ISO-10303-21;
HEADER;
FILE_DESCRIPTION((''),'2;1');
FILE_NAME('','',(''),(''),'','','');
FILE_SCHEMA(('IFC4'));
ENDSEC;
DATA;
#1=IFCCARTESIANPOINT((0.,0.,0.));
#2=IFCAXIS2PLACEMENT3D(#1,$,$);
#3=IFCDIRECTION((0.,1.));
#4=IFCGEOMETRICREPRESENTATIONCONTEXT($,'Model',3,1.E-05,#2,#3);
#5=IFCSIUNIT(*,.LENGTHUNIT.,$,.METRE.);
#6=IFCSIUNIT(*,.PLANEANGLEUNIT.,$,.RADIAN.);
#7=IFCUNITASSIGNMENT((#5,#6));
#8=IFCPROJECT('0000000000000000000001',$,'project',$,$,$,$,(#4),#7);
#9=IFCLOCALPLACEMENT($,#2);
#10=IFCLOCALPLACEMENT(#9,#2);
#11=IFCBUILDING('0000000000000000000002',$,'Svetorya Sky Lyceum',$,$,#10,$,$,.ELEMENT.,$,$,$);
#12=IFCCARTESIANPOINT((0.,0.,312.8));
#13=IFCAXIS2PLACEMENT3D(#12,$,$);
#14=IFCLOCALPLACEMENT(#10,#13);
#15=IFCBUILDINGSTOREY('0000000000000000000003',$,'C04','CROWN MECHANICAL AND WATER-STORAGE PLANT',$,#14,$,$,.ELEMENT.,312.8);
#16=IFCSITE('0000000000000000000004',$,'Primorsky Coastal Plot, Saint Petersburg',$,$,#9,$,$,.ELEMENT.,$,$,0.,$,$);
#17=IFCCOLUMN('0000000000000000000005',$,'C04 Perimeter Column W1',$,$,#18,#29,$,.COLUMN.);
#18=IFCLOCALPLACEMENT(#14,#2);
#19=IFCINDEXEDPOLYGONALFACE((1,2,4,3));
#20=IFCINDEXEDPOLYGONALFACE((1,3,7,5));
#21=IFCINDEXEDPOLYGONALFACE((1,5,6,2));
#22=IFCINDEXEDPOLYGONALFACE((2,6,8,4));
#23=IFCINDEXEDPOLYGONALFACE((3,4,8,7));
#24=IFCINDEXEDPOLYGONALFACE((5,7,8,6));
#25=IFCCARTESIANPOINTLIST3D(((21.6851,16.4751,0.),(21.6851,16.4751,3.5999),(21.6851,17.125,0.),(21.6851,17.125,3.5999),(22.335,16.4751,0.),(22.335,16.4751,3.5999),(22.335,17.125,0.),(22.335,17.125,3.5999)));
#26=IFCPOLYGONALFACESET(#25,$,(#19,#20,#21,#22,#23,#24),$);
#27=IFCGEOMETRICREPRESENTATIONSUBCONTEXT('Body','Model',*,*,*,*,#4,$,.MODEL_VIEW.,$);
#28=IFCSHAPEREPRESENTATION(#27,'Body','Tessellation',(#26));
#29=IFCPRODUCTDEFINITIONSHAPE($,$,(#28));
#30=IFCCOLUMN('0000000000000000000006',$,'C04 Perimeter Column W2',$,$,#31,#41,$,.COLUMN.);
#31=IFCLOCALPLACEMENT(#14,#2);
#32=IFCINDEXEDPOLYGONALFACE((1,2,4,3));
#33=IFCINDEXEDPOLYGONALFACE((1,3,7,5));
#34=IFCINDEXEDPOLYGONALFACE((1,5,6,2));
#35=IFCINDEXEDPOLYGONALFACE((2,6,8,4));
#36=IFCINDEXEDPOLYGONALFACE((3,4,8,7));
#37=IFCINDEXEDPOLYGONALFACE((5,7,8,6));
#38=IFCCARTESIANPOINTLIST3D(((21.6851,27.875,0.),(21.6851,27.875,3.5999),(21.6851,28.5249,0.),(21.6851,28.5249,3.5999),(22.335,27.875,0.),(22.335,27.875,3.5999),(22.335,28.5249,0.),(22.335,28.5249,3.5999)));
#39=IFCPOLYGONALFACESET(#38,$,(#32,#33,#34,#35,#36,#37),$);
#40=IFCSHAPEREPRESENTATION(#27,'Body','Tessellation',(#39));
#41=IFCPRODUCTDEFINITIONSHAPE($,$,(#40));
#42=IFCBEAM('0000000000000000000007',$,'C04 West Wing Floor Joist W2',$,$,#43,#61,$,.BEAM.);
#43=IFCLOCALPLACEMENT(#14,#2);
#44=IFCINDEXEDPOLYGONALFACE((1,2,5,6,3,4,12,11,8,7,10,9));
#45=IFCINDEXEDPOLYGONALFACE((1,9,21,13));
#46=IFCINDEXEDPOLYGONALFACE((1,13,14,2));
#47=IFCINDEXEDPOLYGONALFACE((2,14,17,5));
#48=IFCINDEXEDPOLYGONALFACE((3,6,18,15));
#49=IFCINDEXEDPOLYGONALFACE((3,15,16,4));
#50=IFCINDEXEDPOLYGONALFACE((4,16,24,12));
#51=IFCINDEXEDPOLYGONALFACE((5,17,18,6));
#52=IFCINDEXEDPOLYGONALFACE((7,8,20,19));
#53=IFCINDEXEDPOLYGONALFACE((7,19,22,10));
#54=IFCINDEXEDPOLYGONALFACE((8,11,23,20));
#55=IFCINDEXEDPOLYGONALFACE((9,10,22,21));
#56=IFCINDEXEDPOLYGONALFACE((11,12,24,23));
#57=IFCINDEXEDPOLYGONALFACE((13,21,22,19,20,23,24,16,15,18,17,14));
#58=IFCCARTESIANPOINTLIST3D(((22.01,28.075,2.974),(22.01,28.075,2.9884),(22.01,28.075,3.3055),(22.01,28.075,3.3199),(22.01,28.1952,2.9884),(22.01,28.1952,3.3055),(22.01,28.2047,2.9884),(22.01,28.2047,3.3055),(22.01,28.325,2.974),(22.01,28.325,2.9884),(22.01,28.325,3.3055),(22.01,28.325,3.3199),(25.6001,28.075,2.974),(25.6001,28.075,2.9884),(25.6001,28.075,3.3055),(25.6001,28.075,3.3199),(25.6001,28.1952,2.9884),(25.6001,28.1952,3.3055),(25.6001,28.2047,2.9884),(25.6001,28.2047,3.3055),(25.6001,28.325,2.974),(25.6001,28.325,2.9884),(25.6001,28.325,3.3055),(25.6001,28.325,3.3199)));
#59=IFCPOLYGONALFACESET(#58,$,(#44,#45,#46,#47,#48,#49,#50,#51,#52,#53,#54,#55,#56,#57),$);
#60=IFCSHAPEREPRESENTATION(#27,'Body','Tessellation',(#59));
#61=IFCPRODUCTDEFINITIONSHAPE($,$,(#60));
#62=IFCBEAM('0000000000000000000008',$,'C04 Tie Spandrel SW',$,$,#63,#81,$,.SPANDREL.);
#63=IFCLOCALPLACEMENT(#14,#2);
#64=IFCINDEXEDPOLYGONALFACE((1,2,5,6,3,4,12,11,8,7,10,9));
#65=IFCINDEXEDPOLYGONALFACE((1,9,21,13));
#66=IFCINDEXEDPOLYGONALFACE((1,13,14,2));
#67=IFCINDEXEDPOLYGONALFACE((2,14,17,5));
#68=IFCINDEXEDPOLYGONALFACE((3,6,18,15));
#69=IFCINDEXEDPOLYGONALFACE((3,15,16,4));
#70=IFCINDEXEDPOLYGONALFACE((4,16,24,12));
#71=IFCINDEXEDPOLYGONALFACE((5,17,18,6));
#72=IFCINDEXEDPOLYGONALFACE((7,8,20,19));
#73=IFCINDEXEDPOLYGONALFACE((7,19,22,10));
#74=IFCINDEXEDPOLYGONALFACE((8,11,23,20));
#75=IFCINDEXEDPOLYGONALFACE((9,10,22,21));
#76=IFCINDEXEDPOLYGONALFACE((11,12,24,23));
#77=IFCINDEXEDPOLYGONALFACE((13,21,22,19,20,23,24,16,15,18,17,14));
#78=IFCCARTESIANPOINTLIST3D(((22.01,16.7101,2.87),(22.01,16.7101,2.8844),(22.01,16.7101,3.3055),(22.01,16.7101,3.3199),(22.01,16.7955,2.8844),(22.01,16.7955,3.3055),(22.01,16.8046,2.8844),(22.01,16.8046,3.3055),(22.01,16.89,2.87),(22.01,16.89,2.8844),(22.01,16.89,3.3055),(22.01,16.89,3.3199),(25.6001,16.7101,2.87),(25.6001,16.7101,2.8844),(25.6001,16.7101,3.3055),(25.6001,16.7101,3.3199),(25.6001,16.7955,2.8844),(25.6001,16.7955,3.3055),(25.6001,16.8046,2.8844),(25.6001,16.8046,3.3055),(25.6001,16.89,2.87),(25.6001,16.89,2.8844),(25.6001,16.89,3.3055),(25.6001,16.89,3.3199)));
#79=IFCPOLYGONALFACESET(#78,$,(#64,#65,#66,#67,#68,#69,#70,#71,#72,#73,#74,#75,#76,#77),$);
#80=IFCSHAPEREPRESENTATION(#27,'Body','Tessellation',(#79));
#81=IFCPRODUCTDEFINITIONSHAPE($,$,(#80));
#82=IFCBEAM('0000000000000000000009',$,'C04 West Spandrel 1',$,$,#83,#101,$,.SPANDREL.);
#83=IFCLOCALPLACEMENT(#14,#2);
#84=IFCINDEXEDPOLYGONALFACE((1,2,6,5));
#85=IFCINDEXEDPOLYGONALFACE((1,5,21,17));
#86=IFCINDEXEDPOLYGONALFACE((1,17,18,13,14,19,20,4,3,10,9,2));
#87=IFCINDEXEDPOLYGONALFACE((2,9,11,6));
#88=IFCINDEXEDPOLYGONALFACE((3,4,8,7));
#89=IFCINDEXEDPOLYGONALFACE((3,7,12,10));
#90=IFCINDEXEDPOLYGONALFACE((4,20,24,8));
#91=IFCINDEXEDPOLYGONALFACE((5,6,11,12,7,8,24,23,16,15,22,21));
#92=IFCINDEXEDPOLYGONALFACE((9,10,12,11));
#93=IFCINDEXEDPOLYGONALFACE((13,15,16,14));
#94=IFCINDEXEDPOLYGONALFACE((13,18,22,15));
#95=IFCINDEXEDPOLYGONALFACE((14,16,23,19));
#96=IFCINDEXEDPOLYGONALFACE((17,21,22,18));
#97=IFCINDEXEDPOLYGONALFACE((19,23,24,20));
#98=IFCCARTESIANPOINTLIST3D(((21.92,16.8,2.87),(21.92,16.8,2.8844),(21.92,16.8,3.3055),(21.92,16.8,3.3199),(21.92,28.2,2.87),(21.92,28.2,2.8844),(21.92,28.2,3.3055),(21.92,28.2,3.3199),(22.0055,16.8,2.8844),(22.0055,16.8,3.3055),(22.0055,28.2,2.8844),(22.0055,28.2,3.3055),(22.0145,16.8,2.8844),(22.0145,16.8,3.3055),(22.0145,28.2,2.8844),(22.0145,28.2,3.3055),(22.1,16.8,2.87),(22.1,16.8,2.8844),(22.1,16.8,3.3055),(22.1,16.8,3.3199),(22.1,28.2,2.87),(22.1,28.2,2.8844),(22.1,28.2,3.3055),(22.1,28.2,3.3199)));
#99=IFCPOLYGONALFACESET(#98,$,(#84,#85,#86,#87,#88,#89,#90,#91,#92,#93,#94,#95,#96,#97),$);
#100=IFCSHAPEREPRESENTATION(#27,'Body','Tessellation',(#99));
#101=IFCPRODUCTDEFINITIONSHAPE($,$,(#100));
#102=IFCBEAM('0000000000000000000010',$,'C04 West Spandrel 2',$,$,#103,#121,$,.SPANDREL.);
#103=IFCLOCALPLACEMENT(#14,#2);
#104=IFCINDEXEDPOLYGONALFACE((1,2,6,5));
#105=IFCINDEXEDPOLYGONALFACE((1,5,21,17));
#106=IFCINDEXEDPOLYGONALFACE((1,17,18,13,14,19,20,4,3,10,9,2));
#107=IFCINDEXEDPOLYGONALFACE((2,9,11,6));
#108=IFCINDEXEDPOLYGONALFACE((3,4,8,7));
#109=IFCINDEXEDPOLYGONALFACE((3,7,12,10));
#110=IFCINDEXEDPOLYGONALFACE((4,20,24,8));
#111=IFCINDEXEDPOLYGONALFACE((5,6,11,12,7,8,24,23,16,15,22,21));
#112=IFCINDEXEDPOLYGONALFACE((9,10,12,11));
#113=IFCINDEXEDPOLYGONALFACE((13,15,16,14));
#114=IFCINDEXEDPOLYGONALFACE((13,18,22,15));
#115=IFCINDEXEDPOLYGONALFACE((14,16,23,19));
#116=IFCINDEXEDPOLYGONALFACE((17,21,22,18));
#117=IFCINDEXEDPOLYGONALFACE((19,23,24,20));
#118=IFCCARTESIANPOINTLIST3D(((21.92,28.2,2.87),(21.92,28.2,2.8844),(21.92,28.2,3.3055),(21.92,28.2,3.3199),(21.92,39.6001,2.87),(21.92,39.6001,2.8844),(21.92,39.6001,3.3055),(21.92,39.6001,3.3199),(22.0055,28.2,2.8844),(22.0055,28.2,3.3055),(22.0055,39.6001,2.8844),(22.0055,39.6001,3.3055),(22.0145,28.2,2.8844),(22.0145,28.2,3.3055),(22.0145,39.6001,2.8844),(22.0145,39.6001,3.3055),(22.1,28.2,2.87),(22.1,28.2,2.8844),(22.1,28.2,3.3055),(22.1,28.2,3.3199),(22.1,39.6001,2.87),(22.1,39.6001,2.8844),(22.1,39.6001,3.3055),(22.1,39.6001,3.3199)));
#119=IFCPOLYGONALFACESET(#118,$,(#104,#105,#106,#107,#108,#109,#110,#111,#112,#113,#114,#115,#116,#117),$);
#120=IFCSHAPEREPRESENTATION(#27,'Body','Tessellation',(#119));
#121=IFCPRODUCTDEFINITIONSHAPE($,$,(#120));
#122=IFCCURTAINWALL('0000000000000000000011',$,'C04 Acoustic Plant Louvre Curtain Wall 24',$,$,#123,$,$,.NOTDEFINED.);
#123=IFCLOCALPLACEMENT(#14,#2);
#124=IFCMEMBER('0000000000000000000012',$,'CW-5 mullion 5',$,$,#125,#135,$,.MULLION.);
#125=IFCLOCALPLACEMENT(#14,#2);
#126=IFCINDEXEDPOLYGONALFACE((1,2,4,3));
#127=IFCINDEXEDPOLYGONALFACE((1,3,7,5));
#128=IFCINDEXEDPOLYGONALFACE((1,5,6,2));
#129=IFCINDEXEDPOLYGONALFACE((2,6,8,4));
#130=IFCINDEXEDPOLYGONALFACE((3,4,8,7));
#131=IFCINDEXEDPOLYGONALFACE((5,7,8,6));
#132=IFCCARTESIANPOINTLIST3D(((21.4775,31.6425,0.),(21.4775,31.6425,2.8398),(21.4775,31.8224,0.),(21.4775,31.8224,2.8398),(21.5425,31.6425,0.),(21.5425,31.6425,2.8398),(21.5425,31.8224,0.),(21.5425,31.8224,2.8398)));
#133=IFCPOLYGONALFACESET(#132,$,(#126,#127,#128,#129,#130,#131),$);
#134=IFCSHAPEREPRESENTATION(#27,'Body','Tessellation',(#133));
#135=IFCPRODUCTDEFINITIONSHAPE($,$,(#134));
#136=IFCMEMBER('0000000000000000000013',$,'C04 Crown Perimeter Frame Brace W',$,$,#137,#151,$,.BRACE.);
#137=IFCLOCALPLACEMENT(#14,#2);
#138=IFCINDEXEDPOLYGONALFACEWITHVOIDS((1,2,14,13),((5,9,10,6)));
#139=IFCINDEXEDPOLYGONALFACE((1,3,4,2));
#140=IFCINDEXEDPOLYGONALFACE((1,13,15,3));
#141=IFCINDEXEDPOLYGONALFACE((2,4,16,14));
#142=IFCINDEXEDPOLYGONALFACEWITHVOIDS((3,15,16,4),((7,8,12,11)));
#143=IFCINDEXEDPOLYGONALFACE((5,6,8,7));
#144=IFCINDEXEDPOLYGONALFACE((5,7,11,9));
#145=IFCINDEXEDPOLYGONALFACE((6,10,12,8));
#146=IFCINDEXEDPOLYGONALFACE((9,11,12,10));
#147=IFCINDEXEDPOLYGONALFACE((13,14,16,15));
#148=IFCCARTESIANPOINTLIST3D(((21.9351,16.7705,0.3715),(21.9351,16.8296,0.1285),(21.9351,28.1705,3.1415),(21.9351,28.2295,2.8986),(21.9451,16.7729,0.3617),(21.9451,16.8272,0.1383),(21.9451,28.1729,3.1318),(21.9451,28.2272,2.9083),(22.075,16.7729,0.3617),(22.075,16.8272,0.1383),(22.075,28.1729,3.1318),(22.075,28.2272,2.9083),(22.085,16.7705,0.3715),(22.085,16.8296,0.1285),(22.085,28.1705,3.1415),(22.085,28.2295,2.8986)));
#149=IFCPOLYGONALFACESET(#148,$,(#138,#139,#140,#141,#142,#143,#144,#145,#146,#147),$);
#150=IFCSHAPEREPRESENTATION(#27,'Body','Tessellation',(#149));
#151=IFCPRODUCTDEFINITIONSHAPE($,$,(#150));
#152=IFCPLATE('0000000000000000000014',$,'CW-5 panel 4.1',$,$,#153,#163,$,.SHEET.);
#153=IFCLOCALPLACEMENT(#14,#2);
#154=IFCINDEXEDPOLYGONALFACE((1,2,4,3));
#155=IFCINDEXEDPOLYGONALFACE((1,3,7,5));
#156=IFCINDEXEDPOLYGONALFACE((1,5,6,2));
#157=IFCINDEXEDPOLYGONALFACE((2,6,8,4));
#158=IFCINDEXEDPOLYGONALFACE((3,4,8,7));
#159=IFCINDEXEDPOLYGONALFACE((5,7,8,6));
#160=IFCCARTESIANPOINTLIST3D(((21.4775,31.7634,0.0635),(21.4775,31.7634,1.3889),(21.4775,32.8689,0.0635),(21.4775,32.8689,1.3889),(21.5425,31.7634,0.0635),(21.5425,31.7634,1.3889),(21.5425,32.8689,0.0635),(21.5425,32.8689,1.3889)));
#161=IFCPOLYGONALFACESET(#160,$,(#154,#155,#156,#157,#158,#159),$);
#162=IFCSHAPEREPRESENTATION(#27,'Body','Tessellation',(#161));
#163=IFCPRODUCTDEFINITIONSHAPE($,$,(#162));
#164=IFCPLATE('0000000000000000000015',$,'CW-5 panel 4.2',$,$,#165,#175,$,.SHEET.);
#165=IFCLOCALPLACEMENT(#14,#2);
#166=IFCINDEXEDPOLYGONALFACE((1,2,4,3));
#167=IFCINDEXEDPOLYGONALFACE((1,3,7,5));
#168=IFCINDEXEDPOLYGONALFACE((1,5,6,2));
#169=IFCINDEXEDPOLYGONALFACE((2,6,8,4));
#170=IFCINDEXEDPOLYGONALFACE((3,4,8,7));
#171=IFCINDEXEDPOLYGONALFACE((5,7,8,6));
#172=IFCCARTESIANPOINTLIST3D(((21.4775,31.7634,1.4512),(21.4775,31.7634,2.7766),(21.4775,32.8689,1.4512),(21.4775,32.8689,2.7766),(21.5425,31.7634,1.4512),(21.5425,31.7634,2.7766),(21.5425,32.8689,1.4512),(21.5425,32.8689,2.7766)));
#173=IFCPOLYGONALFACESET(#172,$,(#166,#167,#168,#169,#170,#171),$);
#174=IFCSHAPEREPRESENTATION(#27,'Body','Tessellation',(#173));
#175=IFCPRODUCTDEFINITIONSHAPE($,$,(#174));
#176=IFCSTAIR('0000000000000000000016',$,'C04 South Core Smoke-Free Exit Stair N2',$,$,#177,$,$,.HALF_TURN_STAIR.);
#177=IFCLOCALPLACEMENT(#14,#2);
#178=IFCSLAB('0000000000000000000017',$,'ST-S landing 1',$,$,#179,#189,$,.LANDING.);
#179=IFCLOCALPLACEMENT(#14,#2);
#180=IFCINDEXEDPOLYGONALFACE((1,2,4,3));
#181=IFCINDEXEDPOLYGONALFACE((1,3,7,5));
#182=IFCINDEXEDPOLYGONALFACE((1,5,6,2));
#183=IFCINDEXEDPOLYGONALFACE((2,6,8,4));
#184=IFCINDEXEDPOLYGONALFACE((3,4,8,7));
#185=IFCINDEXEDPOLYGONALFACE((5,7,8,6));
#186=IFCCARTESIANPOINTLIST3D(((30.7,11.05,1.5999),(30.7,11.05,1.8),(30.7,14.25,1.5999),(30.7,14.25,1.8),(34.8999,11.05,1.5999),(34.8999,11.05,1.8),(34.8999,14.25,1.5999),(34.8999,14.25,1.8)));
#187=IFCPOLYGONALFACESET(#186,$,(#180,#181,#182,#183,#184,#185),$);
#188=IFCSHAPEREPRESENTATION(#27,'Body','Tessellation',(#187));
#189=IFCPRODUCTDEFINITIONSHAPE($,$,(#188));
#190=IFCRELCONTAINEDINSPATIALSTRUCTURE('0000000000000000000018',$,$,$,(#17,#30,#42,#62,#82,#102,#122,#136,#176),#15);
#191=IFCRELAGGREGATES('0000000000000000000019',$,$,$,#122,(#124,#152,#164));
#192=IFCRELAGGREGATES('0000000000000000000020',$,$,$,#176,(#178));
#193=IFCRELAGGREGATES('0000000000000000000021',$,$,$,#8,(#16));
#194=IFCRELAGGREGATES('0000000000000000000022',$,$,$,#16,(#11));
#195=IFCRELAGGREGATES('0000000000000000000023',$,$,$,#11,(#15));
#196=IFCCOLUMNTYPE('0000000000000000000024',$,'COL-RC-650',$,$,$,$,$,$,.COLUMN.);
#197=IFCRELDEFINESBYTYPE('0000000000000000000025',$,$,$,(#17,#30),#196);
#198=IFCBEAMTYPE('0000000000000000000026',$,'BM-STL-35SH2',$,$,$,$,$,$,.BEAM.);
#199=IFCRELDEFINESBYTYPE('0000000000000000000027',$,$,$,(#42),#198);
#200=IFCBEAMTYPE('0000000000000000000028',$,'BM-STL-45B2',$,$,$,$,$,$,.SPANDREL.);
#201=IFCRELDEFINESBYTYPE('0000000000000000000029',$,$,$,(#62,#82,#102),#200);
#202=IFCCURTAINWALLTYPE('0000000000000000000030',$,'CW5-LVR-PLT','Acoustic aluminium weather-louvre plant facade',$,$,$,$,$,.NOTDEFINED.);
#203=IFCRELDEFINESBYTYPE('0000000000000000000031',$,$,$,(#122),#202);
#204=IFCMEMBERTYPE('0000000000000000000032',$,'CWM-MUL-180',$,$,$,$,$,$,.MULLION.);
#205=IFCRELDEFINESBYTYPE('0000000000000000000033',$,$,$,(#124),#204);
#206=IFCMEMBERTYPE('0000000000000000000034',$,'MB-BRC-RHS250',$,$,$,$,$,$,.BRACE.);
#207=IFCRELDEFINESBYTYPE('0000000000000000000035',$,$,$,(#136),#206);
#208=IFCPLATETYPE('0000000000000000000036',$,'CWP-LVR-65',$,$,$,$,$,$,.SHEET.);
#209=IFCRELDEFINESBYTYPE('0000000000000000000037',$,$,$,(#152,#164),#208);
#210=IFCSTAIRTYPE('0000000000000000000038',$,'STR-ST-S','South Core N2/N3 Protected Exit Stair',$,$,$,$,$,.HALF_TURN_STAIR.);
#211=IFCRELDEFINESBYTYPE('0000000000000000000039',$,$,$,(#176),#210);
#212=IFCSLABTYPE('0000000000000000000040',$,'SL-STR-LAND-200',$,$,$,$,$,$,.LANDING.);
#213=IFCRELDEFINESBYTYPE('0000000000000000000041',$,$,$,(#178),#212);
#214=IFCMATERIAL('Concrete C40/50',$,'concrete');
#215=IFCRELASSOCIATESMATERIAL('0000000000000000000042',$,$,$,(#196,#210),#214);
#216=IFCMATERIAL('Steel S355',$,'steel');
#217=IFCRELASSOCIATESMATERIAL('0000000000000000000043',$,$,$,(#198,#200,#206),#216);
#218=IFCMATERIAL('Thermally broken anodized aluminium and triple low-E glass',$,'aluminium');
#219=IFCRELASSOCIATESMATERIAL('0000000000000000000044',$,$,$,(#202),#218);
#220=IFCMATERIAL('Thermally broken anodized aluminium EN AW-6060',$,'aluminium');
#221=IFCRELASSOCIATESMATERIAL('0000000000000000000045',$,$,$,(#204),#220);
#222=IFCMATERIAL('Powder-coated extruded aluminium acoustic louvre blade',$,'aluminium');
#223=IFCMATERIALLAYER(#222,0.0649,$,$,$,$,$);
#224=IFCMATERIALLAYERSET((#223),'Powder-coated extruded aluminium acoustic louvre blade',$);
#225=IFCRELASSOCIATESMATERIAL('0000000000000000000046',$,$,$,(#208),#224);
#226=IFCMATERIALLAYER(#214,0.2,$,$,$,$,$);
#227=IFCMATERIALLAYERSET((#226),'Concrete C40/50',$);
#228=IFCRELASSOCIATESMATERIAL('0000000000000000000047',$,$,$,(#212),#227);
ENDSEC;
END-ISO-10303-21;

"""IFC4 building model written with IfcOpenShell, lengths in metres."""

from ifc_helpers import new_model, si_unit, direction, frame, origin, origin_2d, place, context, subcontext, project, spatial, polyline, rectangle, hollow_rectangle, i_section, outline, extrude, material, layer, layer_set, material_profile, profile_set, type_object, element, aggregate, save


model = new_model("IFC4")

# Units and contexts
model_context = context("Model", 3, precision=1e-05, world=origin(), true_north=direction((0.0, 1.0)))
body_context = subcontext(model_context, "Body", "Model", "MODEL_VIEW")
ifc_project = project(units=[si_unit("LENGTHUNIT", "METRE"), si_unit("PLANEANGLEUNIT", "RADIAN")], contexts=[model_context])

# Site, building, storey
site_placement = place(None, origin())
site = spatial("IfcSite", under=ifc_project, at=site_placement, Name="Primorsky Coastal Plot, Saint Petersburg", CompositionType="ELEMENT", RefElevation=0.0)
building_placement = place(site_placement, origin())
building = spatial("IfcBuilding", under=site, at=building_placement, Name="Svetorya Sky Lyceum", CompositionType="ELEMENT")
storey_placement = place(building_placement, frame((0.0, 0.0, 312.8)))
storey = spatial("IfcBuildingStorey", under=building, at=storey_placement, Name="C04", Description="CROWN MECHANICAL AND WATER-STORAGE PLANT", CompositionType="ELEMENT", Elevation=312.8)

# Columns
ifc_material_1 = material(Name="Concrete C40/50", Category="concrete")
ifc_material_profile_1 = material_profile(ifc_material_1, rectangle(XDim=0.6499, YDim=0.6499, at=origin_2d()), Name="RC COL 650x650")
ifc_profile_set_1 = profile_set([ifc_material_profile_1], Name="Concrete C40/50")
column_type = type_object("IfcColumnType", Name="COL-RC-650", PredefinedType="COLUMN", material=ifc_profile_set_1)
for number, where, z_axis, x_axis, name in (
    (1, (22.01, 16.8, 0.0), (0.0, 0.0, 1.0), (1.0, 0.0, 0.0), "C04 Perimeter Column W1"),
    (2, (22.01, 28.2, 0.0), (0.0, 0.0, 1.0), (1.0, 0.0, 0.0), "C04 Perimeter Column W2"),
):
    element("IfcColumn", number, at=place(storey_placement, frame(where, z_axis=z_axis, x_axis=x_axis)), inside=storey, type_object=column_type, Name=name, PredefinedType="COLUMN", context=body_context, shape_type="SweptSolid", body=[
        extrude(rectangle(XDim=0.6499, YDim=0.6499, at=origin_2d()), origin(), (0.0, 0.0, 1.0), 3.5999),
    ])

# Beams
ifc_material_2 = material(Name="Steel S355", Category="steel")
ifc_material_profile_2 = material_profile(ifc_material_2, i_section(OverallWidth=0.25, OverallDepth=0.3459, WebThickness=0.0095, FlangeThickness=0.0144, at=origin_2d()), Name="GOST 35Sh2")
ifc_profile_set_2 = profile_set([ifc_material_profile_2], Name="Steel S355")
beam_type_1 = type_object("IfcBeamType", Name="BM-STL-35SH2", PredefinedType="BEAM", material=ifc_profile_set_2)
beam_1_placement = place(storey_placement, frame((22.01, 28.2, 3.147), z_axis=(1.0, 0.0, 0.0), x_axis=(0.0, 1.0, 0.0)))
element("IfcBeam", 3, at=beam_1_placement, inside=storey, type_object=beam_type_1, Name="C04 West Wing Floor Joist W2", PredefinedType="BEAM", context=body_context, shape_type="SweptSolid", body=[
    extrude(i_section(OverallWidth=0.25, OverallDepth=0.3459, WebThickness=0.0095, FlangeThickness=0.0144, at=origin_2d()), origin(), (0.0, 0.0, 1.0), 3.5901),
])
ifc_material_profile_3 = material_profile(ifc_material_2, i_section(OverallWidth=0.1799, OverallDepth=0.45, WebThickness=0.009, FlangeThickness=0.0144, at=origin_2d()), Name="GOST 45B2")
ifc_profile_set_3 = profile_set([ifc_material_profile_3], Name="Steel S355")
beam_type_2 = type_object("IfcBeamType", Name="BM-STL-45B2", PredefinedType="SPANDREL", material=ifc_profile_set_3)
beam_2_placement = place(storey_placement, frame((22.01, 16.8, 3.095), z_axis=(1.0, 0.0, 0.0), x_axis=(0.0, 1.0, 0.0)))
element("IfcBeam", 4, at=beam_2_placement, inside=storey, type_object=beam_type_2, Name="C04 Tie Spandrel SW", PredefinedType="SPANDREL", context=body_context, shape_type="SweptSolid", body=[
    extrude(i_section(OverallWidth=0.1799, OverallDepth=0.45, WebThickness=0.009, FlangeThickness=0.0144, at=origin_2d()), origin(), (0.0, 0.0, 1.0), 3.5901),
])
beam_3_placement = place(storey_placement, frame((22.01, 16.8, 3.095), z_axis=(0.0, 1.0, 0.0), x_axis=(-1.0, 0.0, 0.0)))
element("IfcBeam", 5, at=beam_3_placement, inside=storey, type_object=beam_type_2, Name="C04 West Spandrel 1", PredefinedType="SPANDREL", context=body_context, shape_type="SweptSolid", body=[
    extrude(i_section(OverallWidth=0.1799, OverallDepth=0.45, WebThickness=0.009, FlangeThickness=0.0144, at=origin_2d()), origin(), (0.0, 0.0, 1.0), 11.3999),
])
beam_4_placement = place(storey_placement, frame((22.01, 28.2, 3.095), z_axis=(0.0, 1.0, 0.0), x_axis=(-1.0, 0.0, 0.0)))
element("IfcBeam", 6, at=beam_4_placement, inside=storey, type_object=beam_type_2, Name="C04 West Spandrel 2", PredefinedType="SPANDREL", context=body_context, shape_type="SweptSolid", body=[
    extrude(i_section(OverallWidth=0.1799, OverallDepth=0.45, WebThickness=0.009, FlangeThickness=0.0144, at=origin_2d()), origin(), (0.0, 0.0, 1.0), 11.4001),
])

# Curtain wall, member
ifc_material_3 = material(Name="Thermally broken anodized aluminium and triple low-E glass", Category="aluminium")
curtain_wall_type = type_object("IfcCurtainWallType", Name="CW5-LVR-PLT", Description="Acoustic aluminium weather-louvre plant facade", PredefinedType="NOTDEFINED", material=ifc_material_3)
curtain_wall_placement = place(storey_placement, origin())
curtain_wall = element("IfcCurtainWall", 7, at=curtain_wall_placement, inside=storey, type_object=curtain_wall_type, Name="C04 Acoustic Plant Louvre Curtain Wall 24", PredefinedType="NOTDEFINED")
ifc_material_4 = material(Name="Thermally broken anodized aluminium EN AW-6060", Category="aluminium")
ifc_material_profile_4 = material_profile(ifc_material_4, rectangle(XDim=0.0649, YDim=0.1799, at=origin_2d()), Name="ALU MULLION 65x180")
ifc_profile_set_4 = profile_set([ifc_material_profile_4], Name="Thermally broken anodized aluminium EN AW-6060")
member_type_1 = type_object("IfcMemberType", Name="CWM-MUL-180", PredefinedType="MULLION", material=ifc_profile_set_4)
member_1_placement = place(storey_placement, frame((21.51, 31.7324, 0.0), z_axis=(0.0, 0.0, 1.0), x_axis=(1.0, 0.0, 0.0)))
member_1 = element("IfcMember", 8, at=member_1_placement, type_object=member_type_1, Name="CW-5 mullion 5", PredefinedType="MULLION", context=body_context, shape_type="SweptSolid", body=[
    extrude(rectangle(XDim=0.0649, YDim=0.1799, at=origin_2d()), origin(), (0.0, 0.0, 1.0), 2.8398),
])

# Member
ifc_material_profile_5 = material_profile(ifc_material_2, hollow_rectangle(XDim=0.1499, YDim=0.25, WallThickness=0.01, at=origin_2d()), Name="RHS 250x150x10")
ifc_profile_set_5 = profile_set([ifc_material_profile_5], Name="Steel S355")
member_type_2 = type_object("IfcMemberType", Name="MB-BRC-RHS250", PredefinedType="BRACE", material=ifc_profile_set_5)
member_2_placement = place(storey_placement, frame((22.01, 16.8, 0.25), z_axis=(0.0, 0.971725, 0.236116), x_axis=(-1.0, 0.0, 0.0)))
element("IfcMember", 9, at=member_2_placement, inside=storey, type_object=member_type_2, Name="C04 Crown Perimeter Frame Brace W", PredefinedType="BRACE", context=body_context, shape_type="SweptSolid", body=[
    extrude(hollow_rectangle(XDim=0.1499, YDim=0.25, WallThickness=0.01, at=origin_2d()), origin(), (0.0, 0.0, 1.0), 11.7317),
])

# Plates
ifc_material_5 = material(Name="Powder-coated extruded aluminium acoustic louvre blade", Category="aluminium")
ifc_layer_1 = layer(ifc_material_5, 0.0649)
ifc_layer_set_1 = layer_set([ifc_layer_1], Name="Powder-coated extruded aluminium acoustic louvre blade")
plate_type = type_object("IfcPlateType", Name="CWP-LVR-65", PredefinedType="SHEET", material=ifc_layer_set_1)
plate_1_placement = place(storey_placement, frame((21.51, 32.3162, 0.0635), z_axis=(0.0, 0.0, 1.0), x_axis=(0.0, -1.0, 0.0)))
plate_1 = element("IfcPlate", 10, at=plate_1_placement, type_object=plate_type, Name="CW-5 panel 4.1", PredefinedType="SHEET", context=body_context, shape_type="SweptSolid", body=[
    extrude(rectangle(XDim=1.1055, YDim=0.0649, at=origin_2d()), origin(), (0.0, 0.0, 1.0), 1.3254),
])
plate_2_placement = place(storey_placement, frame((21.51, 32.3162, 1.4512), z_axis=(0.0, 0.0, 1.0), x_axis=(0.0, -1.0, 0.0)))
plate_2 = element("IfcPlate", 11, at=plate_2_placement, type_object=plate_type, Name="CW-5 panel 4.2", PredefinedType="SHEET", context=body_context, shape_type="SweptSolid", body=[
    extrude(rectangle(XDim=1.1055, YDim=0.0649, at=origin_2d()), origin(), (0.0, 0.0, 1.0), 1.3254),
])
aggregate(curtain_wall, [member_1, plate_1, plate_2])

# Stair, slab
stair_type_1 = type_object("IfcStairType", Name="STR-ST-S", Description="South Core N2/N3 Protected Exit Stair", PredefinedType="HALF_TURN_STAIR", material=ifc_material_1)
stair_1_placement = place(storey_placement, origin())
stair_1 = element("IfcStair", 12, at=stair_1_placement, inside=storey, type_object=stair_type_1, Name="C04 South Core Smoke-Free Exit Stair N2", PredefinedType="HALF_TURN_STAIR")
ifc_layer_2 = layer(ifc_material_1, 0.2)
ifc_layer_set_2 = layer_set([ifc_layer_2], Name="Concrete C40/50")
slab_type_1 = type_object("IfcSlabType", Name="SL-STR-LAND-200", PredefinedType="LANDING", material=ifc_layer_set_2)
slab_1_placement = place(storey_placement, frame((0.0, 0.0, 1.5999)))
slab_1 = element("IfcSlab", 13, at=slab_1_placement, type_object=slab_type_1, Name="ST-S landing 1", PredefinedType="LANDING", context=body_context, shape_type="SweptSolid", body=[
    extrude(outline(polyline([(30.7, 11.05), (34.8999, 11.05), (34.8999, 14.25), (30.7, 14.25), (30.7, 11.05)])), origin(), (0.0, 0.0, 1.0), 0.2002),
])
aggregate(stair_1, [slab_1])

save(model, "model.ifc")
